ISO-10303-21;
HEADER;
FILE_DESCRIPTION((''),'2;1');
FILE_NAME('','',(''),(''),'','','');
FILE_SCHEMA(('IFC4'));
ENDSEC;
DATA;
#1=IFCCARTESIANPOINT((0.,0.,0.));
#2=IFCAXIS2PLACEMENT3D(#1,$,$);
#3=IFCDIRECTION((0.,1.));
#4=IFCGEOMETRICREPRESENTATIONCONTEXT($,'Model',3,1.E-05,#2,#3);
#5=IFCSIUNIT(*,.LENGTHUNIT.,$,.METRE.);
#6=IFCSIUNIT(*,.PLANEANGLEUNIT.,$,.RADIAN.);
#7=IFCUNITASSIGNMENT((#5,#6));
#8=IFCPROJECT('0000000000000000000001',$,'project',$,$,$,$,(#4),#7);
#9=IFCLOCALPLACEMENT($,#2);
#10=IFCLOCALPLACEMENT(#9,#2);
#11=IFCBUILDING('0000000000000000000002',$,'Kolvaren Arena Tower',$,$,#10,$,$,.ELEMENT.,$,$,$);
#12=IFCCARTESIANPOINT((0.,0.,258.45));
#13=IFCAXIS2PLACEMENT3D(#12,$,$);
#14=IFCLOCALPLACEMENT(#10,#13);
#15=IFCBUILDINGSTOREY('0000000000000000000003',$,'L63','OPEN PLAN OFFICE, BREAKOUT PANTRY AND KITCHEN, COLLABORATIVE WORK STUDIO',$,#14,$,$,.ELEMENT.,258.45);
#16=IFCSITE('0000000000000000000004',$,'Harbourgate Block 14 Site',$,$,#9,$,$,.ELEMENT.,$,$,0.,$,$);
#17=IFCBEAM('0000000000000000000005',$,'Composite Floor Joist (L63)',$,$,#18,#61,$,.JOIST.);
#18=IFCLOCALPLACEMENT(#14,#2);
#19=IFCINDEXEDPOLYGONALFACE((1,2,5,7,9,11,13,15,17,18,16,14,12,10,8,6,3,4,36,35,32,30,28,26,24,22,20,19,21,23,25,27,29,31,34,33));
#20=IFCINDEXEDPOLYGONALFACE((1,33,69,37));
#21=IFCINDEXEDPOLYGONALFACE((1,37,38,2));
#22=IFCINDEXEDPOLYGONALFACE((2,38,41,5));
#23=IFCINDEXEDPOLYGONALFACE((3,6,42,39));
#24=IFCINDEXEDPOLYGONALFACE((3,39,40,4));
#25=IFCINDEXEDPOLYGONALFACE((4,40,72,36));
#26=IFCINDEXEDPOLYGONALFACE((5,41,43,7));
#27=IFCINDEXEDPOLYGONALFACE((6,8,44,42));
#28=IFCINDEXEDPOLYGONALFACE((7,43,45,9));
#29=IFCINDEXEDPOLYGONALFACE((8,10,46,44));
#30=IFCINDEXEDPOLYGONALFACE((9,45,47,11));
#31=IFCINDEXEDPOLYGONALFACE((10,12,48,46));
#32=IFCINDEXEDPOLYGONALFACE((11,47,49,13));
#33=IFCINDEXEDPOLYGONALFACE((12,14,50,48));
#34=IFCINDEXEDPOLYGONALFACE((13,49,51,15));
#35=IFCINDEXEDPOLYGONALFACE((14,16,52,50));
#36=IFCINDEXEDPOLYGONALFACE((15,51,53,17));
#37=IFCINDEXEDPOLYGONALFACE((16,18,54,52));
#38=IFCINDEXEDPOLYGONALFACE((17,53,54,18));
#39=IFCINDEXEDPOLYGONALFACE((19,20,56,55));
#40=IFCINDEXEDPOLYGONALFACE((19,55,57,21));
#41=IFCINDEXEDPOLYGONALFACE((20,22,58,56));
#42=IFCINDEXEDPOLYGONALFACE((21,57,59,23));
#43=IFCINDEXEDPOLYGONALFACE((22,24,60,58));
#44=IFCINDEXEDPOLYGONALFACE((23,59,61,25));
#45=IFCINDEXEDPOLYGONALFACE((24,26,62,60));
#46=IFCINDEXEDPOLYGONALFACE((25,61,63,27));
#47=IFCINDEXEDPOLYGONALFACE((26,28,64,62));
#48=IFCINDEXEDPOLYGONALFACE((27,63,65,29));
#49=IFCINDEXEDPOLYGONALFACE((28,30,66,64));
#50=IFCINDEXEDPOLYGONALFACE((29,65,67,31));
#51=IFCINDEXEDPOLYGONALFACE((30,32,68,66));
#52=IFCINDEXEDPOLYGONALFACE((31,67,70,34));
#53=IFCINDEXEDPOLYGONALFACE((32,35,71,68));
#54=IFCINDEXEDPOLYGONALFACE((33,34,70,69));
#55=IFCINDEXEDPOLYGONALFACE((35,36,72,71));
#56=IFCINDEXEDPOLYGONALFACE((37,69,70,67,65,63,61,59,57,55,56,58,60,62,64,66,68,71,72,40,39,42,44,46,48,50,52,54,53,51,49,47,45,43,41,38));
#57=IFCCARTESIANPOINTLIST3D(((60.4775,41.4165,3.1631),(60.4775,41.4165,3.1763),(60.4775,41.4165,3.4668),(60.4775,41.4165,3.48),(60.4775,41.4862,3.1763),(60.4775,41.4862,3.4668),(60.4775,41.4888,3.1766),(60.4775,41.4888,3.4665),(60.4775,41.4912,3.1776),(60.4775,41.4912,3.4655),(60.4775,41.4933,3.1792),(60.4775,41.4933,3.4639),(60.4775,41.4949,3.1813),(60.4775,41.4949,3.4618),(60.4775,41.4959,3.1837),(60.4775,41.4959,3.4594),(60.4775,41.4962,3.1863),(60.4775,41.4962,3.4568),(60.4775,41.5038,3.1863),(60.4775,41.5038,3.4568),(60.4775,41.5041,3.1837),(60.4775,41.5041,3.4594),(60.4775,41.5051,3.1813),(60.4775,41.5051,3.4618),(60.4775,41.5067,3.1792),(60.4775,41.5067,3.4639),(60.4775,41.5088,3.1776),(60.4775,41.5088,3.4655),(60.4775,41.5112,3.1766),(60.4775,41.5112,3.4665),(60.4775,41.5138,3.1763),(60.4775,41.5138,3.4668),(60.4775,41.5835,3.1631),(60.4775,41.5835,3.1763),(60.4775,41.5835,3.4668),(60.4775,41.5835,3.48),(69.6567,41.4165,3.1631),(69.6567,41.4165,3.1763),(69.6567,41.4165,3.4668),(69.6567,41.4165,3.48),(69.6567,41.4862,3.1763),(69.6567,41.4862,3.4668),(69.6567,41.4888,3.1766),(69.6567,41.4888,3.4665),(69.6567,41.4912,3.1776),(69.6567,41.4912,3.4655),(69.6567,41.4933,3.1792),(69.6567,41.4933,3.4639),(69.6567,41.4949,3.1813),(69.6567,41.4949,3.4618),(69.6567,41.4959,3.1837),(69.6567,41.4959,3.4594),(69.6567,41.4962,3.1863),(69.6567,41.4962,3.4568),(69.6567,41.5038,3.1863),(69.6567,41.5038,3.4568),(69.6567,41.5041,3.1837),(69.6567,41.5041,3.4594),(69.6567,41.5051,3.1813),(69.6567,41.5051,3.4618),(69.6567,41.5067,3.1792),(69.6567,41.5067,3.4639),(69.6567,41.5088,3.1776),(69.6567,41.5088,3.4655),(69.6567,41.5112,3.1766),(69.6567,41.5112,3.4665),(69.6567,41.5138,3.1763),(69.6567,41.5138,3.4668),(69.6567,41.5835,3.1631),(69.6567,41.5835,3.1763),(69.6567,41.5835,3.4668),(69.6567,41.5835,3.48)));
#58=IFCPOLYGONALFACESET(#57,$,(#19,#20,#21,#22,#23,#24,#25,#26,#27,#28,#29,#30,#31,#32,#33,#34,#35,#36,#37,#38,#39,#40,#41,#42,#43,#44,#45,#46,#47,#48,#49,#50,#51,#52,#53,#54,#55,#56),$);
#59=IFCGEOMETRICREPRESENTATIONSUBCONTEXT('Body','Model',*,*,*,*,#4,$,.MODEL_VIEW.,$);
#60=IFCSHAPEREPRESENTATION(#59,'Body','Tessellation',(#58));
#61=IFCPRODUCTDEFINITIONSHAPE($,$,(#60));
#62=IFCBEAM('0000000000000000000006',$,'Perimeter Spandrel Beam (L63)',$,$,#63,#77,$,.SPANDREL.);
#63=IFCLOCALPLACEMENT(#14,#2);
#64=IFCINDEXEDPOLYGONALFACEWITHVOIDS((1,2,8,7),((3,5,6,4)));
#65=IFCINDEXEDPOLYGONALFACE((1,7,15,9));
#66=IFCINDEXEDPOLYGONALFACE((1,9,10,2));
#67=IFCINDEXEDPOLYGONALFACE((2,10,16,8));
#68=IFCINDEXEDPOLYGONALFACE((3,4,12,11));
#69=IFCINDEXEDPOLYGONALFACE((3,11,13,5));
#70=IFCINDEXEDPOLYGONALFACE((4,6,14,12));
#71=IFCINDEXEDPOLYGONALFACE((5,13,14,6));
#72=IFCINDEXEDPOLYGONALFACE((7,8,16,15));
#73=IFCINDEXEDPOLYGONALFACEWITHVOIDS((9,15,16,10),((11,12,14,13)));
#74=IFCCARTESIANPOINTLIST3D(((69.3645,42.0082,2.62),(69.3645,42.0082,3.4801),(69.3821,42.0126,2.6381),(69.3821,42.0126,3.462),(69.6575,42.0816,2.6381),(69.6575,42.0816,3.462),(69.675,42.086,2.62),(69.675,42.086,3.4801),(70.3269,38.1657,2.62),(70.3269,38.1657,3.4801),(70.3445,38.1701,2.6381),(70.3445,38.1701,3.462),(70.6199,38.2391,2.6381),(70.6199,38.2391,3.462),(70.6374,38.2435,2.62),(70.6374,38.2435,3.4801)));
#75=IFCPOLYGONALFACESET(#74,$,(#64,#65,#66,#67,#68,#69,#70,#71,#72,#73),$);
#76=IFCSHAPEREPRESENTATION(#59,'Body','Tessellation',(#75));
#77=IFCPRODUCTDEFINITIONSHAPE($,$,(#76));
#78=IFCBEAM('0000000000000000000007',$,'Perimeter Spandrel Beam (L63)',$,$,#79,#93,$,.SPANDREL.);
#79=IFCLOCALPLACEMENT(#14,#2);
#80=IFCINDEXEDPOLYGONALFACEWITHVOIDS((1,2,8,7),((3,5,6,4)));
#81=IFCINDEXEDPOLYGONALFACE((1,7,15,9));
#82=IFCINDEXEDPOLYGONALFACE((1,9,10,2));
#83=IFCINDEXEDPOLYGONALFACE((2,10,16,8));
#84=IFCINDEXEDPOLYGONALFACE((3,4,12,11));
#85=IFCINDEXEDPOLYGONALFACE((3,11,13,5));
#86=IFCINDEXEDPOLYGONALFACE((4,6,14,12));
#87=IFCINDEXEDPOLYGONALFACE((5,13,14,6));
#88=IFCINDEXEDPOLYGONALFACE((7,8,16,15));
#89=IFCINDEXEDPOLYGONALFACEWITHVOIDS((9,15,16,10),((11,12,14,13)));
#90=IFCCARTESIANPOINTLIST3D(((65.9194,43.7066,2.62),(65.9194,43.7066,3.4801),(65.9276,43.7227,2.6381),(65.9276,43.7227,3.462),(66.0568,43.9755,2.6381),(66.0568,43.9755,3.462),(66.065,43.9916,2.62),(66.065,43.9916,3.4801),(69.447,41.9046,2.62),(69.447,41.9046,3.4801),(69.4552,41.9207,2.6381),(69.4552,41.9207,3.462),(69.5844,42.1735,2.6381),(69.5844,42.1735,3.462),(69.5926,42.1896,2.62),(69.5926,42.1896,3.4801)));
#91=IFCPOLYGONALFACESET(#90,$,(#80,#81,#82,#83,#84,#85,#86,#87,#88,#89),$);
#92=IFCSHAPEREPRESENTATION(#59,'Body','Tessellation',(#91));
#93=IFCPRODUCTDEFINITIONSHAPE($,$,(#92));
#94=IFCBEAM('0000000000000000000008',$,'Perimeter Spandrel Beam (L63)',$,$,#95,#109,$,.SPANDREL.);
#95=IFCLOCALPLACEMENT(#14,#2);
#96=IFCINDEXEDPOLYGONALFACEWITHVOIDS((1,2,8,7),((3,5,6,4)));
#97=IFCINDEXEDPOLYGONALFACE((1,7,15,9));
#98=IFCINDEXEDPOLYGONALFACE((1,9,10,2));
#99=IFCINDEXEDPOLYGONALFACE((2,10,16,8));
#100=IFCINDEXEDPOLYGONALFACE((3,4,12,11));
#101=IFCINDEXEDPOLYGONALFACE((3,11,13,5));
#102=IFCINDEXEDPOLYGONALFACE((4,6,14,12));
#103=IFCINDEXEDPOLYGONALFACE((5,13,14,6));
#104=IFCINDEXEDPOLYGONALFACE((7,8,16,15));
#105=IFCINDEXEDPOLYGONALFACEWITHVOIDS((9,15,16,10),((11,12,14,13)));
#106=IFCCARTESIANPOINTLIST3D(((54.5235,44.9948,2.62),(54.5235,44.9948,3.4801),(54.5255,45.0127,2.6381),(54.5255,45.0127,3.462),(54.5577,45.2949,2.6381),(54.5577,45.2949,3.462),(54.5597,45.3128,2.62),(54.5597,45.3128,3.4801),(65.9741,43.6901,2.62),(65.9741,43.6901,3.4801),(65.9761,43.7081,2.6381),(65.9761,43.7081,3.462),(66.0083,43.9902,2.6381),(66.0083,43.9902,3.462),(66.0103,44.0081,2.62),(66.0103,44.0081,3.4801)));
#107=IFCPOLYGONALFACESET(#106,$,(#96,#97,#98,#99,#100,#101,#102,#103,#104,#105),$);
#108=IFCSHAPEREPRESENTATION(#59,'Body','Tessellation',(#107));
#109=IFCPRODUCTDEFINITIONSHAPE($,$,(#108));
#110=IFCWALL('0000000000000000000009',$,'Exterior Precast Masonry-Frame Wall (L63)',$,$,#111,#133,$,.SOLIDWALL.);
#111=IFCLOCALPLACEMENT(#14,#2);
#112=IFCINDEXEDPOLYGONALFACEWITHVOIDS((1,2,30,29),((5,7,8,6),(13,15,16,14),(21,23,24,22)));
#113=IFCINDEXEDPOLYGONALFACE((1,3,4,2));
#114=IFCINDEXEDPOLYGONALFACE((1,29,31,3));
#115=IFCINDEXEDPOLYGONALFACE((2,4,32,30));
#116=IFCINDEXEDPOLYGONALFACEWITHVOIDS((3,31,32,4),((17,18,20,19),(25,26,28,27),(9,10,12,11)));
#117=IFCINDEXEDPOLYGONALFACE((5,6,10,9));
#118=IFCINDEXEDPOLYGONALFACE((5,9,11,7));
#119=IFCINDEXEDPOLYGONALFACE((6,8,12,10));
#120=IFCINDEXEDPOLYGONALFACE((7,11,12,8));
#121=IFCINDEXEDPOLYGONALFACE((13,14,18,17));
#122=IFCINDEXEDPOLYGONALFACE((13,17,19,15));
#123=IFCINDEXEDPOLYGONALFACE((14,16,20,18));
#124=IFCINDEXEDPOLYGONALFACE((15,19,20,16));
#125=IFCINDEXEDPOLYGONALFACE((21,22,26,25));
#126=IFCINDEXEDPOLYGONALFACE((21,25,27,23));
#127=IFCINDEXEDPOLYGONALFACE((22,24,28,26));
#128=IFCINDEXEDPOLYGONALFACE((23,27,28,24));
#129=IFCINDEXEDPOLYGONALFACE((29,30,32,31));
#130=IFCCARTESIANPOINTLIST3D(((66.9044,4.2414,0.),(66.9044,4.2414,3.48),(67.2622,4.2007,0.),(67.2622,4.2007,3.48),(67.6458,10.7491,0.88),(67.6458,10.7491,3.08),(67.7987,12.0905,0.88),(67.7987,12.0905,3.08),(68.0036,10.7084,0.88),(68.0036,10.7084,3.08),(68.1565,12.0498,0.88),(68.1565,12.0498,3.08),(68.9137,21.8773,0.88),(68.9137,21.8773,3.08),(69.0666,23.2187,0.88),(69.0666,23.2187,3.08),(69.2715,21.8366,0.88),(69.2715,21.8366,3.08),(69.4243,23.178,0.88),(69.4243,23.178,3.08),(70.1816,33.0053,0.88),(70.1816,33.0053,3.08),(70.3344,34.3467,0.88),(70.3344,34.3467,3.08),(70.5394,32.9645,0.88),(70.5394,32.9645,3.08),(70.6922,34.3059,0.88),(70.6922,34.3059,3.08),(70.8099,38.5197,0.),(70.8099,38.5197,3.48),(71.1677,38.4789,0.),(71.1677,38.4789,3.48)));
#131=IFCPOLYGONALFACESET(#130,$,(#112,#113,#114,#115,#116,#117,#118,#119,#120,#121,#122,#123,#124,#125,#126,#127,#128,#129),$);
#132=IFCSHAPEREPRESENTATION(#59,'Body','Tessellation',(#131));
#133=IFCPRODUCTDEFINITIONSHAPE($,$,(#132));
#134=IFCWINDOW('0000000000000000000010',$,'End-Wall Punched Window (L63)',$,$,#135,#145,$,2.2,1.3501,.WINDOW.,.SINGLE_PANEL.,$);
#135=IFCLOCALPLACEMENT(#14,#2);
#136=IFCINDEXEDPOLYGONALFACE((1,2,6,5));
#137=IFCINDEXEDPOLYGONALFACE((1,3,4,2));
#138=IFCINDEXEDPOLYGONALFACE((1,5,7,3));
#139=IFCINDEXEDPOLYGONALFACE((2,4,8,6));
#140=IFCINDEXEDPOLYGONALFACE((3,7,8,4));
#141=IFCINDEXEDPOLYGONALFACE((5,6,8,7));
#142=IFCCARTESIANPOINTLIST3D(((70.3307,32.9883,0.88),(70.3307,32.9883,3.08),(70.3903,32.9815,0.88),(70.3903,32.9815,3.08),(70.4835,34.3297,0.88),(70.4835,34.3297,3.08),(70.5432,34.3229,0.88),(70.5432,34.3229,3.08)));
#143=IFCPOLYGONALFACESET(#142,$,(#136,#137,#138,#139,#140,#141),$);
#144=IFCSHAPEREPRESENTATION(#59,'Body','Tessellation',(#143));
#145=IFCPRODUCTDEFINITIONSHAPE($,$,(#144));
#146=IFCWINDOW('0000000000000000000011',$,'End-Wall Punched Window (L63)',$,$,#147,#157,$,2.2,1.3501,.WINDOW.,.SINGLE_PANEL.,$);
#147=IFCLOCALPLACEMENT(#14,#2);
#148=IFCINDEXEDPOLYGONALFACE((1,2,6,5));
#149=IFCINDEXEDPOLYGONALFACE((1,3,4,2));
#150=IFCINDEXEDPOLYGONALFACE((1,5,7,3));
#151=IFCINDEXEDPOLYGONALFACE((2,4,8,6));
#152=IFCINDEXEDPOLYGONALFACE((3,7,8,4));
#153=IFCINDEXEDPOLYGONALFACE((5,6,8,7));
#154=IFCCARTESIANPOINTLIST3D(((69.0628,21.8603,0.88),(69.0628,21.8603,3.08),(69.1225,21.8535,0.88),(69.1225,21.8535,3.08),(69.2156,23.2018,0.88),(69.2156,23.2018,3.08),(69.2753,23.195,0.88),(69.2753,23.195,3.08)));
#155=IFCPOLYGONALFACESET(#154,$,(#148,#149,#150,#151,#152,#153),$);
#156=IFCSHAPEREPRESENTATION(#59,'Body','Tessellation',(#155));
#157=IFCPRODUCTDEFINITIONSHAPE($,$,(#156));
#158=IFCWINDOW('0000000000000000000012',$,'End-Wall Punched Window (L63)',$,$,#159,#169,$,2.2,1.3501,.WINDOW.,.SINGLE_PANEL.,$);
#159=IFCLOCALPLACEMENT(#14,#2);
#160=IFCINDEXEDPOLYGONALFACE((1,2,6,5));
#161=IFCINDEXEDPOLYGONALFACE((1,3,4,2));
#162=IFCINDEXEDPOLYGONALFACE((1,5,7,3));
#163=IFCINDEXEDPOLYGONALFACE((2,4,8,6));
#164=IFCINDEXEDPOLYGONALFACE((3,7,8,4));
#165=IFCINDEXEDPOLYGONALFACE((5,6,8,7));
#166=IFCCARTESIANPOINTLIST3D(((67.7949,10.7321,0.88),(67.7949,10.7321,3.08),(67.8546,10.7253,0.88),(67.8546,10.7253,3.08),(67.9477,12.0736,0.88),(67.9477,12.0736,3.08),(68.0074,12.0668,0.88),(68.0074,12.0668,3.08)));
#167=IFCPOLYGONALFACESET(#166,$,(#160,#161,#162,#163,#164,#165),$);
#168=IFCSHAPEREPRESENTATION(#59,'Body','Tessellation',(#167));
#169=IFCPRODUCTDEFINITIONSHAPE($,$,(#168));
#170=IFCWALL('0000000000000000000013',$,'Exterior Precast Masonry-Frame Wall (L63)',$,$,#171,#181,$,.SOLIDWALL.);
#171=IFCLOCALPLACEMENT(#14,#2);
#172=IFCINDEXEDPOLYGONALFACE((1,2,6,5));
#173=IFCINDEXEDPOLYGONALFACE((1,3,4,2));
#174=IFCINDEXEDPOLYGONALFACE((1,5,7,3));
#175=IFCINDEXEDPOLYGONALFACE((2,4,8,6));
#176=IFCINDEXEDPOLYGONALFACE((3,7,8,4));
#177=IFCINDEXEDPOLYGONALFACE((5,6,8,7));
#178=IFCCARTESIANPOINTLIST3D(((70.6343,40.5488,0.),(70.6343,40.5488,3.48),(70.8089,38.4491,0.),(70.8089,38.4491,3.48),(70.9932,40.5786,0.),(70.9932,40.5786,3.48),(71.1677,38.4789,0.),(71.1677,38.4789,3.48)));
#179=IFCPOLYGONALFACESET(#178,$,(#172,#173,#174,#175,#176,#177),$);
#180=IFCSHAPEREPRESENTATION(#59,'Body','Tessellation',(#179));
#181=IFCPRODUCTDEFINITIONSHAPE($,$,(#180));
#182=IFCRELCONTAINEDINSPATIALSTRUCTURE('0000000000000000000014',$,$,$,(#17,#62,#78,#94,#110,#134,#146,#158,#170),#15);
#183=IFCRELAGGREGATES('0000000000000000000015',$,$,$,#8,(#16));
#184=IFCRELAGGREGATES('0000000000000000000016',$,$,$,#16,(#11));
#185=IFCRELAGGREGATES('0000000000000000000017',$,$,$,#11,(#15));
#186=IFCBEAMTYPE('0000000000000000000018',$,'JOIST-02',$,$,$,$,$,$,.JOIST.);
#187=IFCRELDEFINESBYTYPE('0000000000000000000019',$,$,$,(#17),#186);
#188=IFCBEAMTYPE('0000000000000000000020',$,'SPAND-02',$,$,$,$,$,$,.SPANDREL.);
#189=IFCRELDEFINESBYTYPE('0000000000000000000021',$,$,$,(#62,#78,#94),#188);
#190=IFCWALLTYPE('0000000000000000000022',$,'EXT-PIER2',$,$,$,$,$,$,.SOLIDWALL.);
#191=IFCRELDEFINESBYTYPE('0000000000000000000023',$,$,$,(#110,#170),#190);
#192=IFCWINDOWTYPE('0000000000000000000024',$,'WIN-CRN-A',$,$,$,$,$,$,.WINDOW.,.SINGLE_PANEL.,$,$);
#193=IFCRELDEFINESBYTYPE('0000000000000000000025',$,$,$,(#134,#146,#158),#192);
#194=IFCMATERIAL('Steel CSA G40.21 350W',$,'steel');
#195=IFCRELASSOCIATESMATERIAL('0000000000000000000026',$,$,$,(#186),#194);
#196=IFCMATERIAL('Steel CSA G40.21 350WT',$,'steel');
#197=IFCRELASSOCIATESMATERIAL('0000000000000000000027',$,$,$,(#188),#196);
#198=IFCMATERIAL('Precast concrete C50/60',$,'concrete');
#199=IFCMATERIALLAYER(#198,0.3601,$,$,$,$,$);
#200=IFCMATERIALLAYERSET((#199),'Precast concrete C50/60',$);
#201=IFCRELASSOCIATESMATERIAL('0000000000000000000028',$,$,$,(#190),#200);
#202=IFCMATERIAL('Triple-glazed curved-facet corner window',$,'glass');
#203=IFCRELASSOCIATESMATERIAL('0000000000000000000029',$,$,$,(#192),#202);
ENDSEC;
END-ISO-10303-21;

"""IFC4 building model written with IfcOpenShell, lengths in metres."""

from ifc_helpers import new_model, si_unit, direction, frame, frame_2d, origin, origin_2d, place, context, subcontext, project, spatial, rectangle, hollow_rectangle, i_section, extrude, material, layer, layer_set, material_profile, profile_set, type_object, element, fill, save


model = new_model("IFC4")

# Units and contexts
model_context = context("Model", 3, precision=1e-05, world=origin(), true_north=direction((0.0, 1.0)))
body_context = subcontext(model_context, "Body", "Model", "MODEL_VIEW")
ifc_project = project(units=[si_unit("LENGTHUNIT", "METRE"), si_unit("PLANEANGLEUNIT", "RADIAN")], contexts=[model_context])

# Site, building, storey
site_placement = place(None, origin())
site = spatial("IfcSite", under=ifc_project, at=site_placement, Name="Harbourgate Block 14 Site", CompositionType="ELEMENT", RefElevation=0.0)
building_placement = place(site_placement, origin())
building = spatial("IfcBuilding", under=site, at=building_placement, Name="Kolvaren Arena Tower", CompositionType="ELEMENT")
storey_placement = place(building_placement, frame((0.0, 0.0, 258.45)))
storey = spatial("IfcBuildingStorey", under=building, at=storey_placement, Name="L63", Description="OPEN PLAN OFFICE, BREAKOUT PANTRY AND KITCHEN, COLLABORATIVE WORK STUDIO", CompositionType="ELEMENT", Elevation=258.45)

# Beams
ifc_material_1 = material(Name="Steel CSA G40.21 350W", Category="steel")
ifc_material_profile_1 = material_profile(ifc_material_1, i_section(OverallWidth=0.167, OverallDepth=0.3169, WebThickness=0.0076, FlangeThickness=0.0132, FilletRadius=0.01, at=origin_2d()), Name="W310x52")
ifc_profile_set_1 = profile_set([ifc_material_profile_1], Name="Steel CSA G40.21 350W")
beam_type_1 = type_object("IfcBeamType", Name="JOIST-02", PredefinedType="JOIST", material=ifc_profile_set_1)
beam_1_placement = place(storey_placement, frame((60.4775, 41.5, 3.3215), z_axis=(1.0, 0.0, 0.0), x_axis=(0.0, 1.0, 0.0)))
element("IfcBeam", 1, at=beam_1_placement, inside=storey, type_object=beam_type_1, Name="Composite Floor Joist (L63)", PredefinedType="JOIST", context=body_context, shape_type="SweptSolid", body=[
    extrude(i_section(OverallWidth=0.167, OverallDepth=0.3169, WebThickness=0.0076, FlangeThickness=0.0132, FilletRadius=0.01, at=origin_2d()), origin(), (0.0, 0.0, 1.0), 9.1792),
])
ifc_material_2 = material(Name="Steel CSA G40.21 350WT", Category="steel")
ifc_material_profile_2 = material_profile(ifc_material_2, hollow_rectangle(XDim=0.3201, YDim=0.8601, WallThickness=0.0181, at=origin_2d()), Name="HSS 860x320x18")
ifc_profile_set_2 = profile_set([ifc_material_profile_2], Name="Steel CSA G40.21 350WT")
beam_type_2 = type_object("IfcBeamType", Name="SPAND-02", PredefinedType="SPANDREL", material=ifc_profile_set_2)
for number, where, z_axis, x_axis, name in (
    (2, (70.4822, 38.2046, 3.05), (-0.242956, 0.970037, 0.0), (-0.970037, -0.242956, 0.0), "Perimeter Spandrel Beam (L63)"),
    (3, (69.5198, 42.0471, 3.05), (-0.890536, 0.454913, 0.0), (-0.454913, -0.890536, 0.0), "Perimeter Spandrel Beam (L63)"),
):
    element("IfcBeam", number, at=place(storey_placement, frame(where, z_axis=z_axis, x_axis=x_axis)), inside=storey, type_object=beam_type_2, Name=name, PredefinedType="SPANDREL", context=body_context, shape_type="SweptSolid", body=[
        extrude(hollow_rectangle(XDim=0.3201, YDim=0.8601, WallThickness=0.0181, at=origin_2d()), origin(), (0.0, 0.0, 1.0), 3.9612),
    ])
beam_2_placement = place(storey_placement, frame((65.9922, 43.8491, 3.05), z_axis=(-0.993571, 0.113207, 0.0), x_axis=(-0.113207, -0.993571, 0.0)))
element("IfcBeam", 4, at=beam_2_placement, inside=storey, type_object=beam_type_2, Name="Perimeter Spandrel Beam (L63)", PredefinedType="SPANDREL", context=body_context, shape_type="SweptSolid", body=[
    extrude(hollow_rectangle(XDim=0.3201, YDim=0.8601, WallThickness=0.0181, at=origin_2d()), origin(), (0.0, 0.0, 1.0), 11.5247),
])

# Wall, openings, windows
ifc_material_3 = material(Name="Precast concrete C50/60", Category="concrete")
ifc_layer_1 = layer(ifc_material_3, 0.3601)
ifc_layer_set_1 = layer_set([ifc_layer_1], Name="Precast concrete C50/60")
wall_type_1 = type_object("IfcWallType", Name="EXT-PIER2", PredefinedType="SOLIDWALL", material=ifc_layer_set_1)
wall_1_placement = place(storey_placement, frame((70.9888, 38.4993, 0.0), z_axis=(0.0, 0.0, 1.0), x_axis=(-0.113203, -0.993572, 0.0)))
wall_1 = element("IfcWall", 5, at=wall_1_placement, inside=storey, type_object=wall_type_1, Name="Exterior Precast Masonry-Frame Wall (L63)", PredefinedType="SOLIDWALL", context=body_context, shape_type="SweptSolid", body=[
    extrude(rectangle(XDim=34.5, YDim=0.3601, at=frame_2d((17.25, 0.0))), origin(), (0.0, 0.0, 1.0), 3.48),
])
opening_1_placement = place(wall_1_placement, frame((4.2, 0.0, 0.8799)))
opening_1 = element("IfcOpeningElement", 6, at=opening_1_placement, cuts=wall_1, PredefinedType="OPENING", context=body_context, shape_type="SweptSolid", body=[
    extrude(rectangle(XDim=1.3501, YDim=2.2, at=frame_2d((0.675, 1.1001))), frame((0.0, 0.1899, 0.0), z_axis=(0.0, -1.0, 0.0), x_axis=(1.0, 0.0, 0.0)), (0.0, 0.0, 1.0), 0.3801),
])
opening_2_placement = place(wall_1_placement, frame((15.3999, 0.0, 0.8799)))
opening_2 = element("IfcOpeningElement", 7, at=opening_2_placement, cuts=wall_1, PredefinedType="OPENING", context=body_context, shape_type="SweptSolid", body=[
    extrude(rectangle(XDim=1.3501, YDim=2.2, at=frame_2d((0.675, 1.1001))), frame((0.0, 0.1899, 0.0), z_axis=(0.0, -1.0, 0.0), x_axis=(1.0, 0.0, 0.0)), (0.0, 0.0, 1.0), 0.3801),
])
opening_3_placement = place(wall_1_placement, frame((26.6001, 0.0, 0.8799)))
opening_3 = element("IfcOpeningElement", 8, at=opening_3_placement, cuts=wall_1, PredefinedType="OPENING", context=body_context, shape_type="SweptSolid", body=[
    extrude(rectangle(XDim=1.3501, YDim=2.2, at=frame_2d((0.675, 1.1001))), frame((0.0, 0.1899, 0.0), z_axis=(0.0, -1.0, 0.0), x_axis=(1.0, 0.0, 0.0)), (0.0, 0.0, 1.0), 0.3801),
])
ifc_material_4 = material(Name="Triple-glazed curved-facet corner window", Category="glass")
window_type = type_object("IfcWindowType", Name="WIN-CRN-A", PartitioningType="SINGLE_PANEL", PredefinedType="WINDOW", material=ifc_material_4)
window_1_placement = place(opening_1_placement, origin())
window_1 = element("IfcWindow", 9, at=window_1_placement, inside=storey, type_object=window_type, Name="End-Wall Punched Window (L63)", OverallHeight=2.2, OverallWidth=1.3501, PartitioningType="SINGLE_PANEL", PredefinedType="WINDOW", context=body_context, shape_type="SweptSolid", body=[
    extrude(rectangle(XDim=1.3501, YDim=2.2, at=frame_2d((0.675, 1.1001))), frame((0.0, 0.03, 0.0), z_axis=(0.0, -1.0, 0.0), x_axis=(1.0, 0.0, 0.0)), (0.0, 0.0, 1.0), 0.0601),
])
fill(opening_1, window_1)
window_2_placement = place(opening_2_placement, origin())
window_2 = element("IfcWindow", 10, at=window_2_placement, inside=storey, type_object=window_type, Name="End-Wall Punched Window (L63)", OverallHeight=2.2, OverallWidth=1.3501, PartitioningType="SINGLE_PANEL", PredefinedType="WINDOW", context=body_context, shape_type="SweptSolid", body=[
    extrude(rectangle(XDim=1.3501, YDim=2.2, at=frame_2d((0.675, 1.1001))), frame((0.0, 0.03, 0.0), z_axis=(0.0, -1.0, 0.0), x_axis=(1.0, 0.0, 0.0)), (0.0, 0.0, 1.0), 0.0601),
])
fill(opening_2, window_2)
window_3_placement = place(opening_3_placement, origin())
window_3 = element("IfcWindow", 11, at=window_3_placement, inside=storey, type_object=window_type, Name="End-Wall Punched Window (L63)", OverallHeight=2.2, OverallWidth=1.3501, PartitioningType="SINGLE_PANEL", PredefinedType="WINDOW", context=body_context, shape_type="SweptSolid", body=[
    extrude(rectangle(XDim=1.3501, YDim=2.2, at=frame_2d((0.675, 1.1001))), frame((0.0, 0.03, 0.0), z_axis=(0.0, -1.0, 0.0), x_axis=(1.0, 0.0, 0.0)), (0.0, 0.0, 1.0), 0.0601),
])
fill(opening_3, window_3)

# Wall
wall_2_placement = place(storey_placement, frame((70.8137, 40.5637, 0.0), z_axis=(0.0, 0.0, 1.0), x_axis=(0.082854, -0.996562, 0.0)))
element("IfcWall", 12, at=wall_2_placement, inside=storey, type_object=wall_type_1, Name="Exterior Precast Masonry-Frame Wall (L63)", PredefinedType="SOLIDWALL", context=body_context, shape_type="SweptSolid", body=[
    extrude(rectangle(XDim=2.1069, YDim=0.3601, at=frame_2d((1.0535, 0.0))), origin(), (0.0, 0.0, 1.0), 3.48),
])

save(model, "model.ifc")
